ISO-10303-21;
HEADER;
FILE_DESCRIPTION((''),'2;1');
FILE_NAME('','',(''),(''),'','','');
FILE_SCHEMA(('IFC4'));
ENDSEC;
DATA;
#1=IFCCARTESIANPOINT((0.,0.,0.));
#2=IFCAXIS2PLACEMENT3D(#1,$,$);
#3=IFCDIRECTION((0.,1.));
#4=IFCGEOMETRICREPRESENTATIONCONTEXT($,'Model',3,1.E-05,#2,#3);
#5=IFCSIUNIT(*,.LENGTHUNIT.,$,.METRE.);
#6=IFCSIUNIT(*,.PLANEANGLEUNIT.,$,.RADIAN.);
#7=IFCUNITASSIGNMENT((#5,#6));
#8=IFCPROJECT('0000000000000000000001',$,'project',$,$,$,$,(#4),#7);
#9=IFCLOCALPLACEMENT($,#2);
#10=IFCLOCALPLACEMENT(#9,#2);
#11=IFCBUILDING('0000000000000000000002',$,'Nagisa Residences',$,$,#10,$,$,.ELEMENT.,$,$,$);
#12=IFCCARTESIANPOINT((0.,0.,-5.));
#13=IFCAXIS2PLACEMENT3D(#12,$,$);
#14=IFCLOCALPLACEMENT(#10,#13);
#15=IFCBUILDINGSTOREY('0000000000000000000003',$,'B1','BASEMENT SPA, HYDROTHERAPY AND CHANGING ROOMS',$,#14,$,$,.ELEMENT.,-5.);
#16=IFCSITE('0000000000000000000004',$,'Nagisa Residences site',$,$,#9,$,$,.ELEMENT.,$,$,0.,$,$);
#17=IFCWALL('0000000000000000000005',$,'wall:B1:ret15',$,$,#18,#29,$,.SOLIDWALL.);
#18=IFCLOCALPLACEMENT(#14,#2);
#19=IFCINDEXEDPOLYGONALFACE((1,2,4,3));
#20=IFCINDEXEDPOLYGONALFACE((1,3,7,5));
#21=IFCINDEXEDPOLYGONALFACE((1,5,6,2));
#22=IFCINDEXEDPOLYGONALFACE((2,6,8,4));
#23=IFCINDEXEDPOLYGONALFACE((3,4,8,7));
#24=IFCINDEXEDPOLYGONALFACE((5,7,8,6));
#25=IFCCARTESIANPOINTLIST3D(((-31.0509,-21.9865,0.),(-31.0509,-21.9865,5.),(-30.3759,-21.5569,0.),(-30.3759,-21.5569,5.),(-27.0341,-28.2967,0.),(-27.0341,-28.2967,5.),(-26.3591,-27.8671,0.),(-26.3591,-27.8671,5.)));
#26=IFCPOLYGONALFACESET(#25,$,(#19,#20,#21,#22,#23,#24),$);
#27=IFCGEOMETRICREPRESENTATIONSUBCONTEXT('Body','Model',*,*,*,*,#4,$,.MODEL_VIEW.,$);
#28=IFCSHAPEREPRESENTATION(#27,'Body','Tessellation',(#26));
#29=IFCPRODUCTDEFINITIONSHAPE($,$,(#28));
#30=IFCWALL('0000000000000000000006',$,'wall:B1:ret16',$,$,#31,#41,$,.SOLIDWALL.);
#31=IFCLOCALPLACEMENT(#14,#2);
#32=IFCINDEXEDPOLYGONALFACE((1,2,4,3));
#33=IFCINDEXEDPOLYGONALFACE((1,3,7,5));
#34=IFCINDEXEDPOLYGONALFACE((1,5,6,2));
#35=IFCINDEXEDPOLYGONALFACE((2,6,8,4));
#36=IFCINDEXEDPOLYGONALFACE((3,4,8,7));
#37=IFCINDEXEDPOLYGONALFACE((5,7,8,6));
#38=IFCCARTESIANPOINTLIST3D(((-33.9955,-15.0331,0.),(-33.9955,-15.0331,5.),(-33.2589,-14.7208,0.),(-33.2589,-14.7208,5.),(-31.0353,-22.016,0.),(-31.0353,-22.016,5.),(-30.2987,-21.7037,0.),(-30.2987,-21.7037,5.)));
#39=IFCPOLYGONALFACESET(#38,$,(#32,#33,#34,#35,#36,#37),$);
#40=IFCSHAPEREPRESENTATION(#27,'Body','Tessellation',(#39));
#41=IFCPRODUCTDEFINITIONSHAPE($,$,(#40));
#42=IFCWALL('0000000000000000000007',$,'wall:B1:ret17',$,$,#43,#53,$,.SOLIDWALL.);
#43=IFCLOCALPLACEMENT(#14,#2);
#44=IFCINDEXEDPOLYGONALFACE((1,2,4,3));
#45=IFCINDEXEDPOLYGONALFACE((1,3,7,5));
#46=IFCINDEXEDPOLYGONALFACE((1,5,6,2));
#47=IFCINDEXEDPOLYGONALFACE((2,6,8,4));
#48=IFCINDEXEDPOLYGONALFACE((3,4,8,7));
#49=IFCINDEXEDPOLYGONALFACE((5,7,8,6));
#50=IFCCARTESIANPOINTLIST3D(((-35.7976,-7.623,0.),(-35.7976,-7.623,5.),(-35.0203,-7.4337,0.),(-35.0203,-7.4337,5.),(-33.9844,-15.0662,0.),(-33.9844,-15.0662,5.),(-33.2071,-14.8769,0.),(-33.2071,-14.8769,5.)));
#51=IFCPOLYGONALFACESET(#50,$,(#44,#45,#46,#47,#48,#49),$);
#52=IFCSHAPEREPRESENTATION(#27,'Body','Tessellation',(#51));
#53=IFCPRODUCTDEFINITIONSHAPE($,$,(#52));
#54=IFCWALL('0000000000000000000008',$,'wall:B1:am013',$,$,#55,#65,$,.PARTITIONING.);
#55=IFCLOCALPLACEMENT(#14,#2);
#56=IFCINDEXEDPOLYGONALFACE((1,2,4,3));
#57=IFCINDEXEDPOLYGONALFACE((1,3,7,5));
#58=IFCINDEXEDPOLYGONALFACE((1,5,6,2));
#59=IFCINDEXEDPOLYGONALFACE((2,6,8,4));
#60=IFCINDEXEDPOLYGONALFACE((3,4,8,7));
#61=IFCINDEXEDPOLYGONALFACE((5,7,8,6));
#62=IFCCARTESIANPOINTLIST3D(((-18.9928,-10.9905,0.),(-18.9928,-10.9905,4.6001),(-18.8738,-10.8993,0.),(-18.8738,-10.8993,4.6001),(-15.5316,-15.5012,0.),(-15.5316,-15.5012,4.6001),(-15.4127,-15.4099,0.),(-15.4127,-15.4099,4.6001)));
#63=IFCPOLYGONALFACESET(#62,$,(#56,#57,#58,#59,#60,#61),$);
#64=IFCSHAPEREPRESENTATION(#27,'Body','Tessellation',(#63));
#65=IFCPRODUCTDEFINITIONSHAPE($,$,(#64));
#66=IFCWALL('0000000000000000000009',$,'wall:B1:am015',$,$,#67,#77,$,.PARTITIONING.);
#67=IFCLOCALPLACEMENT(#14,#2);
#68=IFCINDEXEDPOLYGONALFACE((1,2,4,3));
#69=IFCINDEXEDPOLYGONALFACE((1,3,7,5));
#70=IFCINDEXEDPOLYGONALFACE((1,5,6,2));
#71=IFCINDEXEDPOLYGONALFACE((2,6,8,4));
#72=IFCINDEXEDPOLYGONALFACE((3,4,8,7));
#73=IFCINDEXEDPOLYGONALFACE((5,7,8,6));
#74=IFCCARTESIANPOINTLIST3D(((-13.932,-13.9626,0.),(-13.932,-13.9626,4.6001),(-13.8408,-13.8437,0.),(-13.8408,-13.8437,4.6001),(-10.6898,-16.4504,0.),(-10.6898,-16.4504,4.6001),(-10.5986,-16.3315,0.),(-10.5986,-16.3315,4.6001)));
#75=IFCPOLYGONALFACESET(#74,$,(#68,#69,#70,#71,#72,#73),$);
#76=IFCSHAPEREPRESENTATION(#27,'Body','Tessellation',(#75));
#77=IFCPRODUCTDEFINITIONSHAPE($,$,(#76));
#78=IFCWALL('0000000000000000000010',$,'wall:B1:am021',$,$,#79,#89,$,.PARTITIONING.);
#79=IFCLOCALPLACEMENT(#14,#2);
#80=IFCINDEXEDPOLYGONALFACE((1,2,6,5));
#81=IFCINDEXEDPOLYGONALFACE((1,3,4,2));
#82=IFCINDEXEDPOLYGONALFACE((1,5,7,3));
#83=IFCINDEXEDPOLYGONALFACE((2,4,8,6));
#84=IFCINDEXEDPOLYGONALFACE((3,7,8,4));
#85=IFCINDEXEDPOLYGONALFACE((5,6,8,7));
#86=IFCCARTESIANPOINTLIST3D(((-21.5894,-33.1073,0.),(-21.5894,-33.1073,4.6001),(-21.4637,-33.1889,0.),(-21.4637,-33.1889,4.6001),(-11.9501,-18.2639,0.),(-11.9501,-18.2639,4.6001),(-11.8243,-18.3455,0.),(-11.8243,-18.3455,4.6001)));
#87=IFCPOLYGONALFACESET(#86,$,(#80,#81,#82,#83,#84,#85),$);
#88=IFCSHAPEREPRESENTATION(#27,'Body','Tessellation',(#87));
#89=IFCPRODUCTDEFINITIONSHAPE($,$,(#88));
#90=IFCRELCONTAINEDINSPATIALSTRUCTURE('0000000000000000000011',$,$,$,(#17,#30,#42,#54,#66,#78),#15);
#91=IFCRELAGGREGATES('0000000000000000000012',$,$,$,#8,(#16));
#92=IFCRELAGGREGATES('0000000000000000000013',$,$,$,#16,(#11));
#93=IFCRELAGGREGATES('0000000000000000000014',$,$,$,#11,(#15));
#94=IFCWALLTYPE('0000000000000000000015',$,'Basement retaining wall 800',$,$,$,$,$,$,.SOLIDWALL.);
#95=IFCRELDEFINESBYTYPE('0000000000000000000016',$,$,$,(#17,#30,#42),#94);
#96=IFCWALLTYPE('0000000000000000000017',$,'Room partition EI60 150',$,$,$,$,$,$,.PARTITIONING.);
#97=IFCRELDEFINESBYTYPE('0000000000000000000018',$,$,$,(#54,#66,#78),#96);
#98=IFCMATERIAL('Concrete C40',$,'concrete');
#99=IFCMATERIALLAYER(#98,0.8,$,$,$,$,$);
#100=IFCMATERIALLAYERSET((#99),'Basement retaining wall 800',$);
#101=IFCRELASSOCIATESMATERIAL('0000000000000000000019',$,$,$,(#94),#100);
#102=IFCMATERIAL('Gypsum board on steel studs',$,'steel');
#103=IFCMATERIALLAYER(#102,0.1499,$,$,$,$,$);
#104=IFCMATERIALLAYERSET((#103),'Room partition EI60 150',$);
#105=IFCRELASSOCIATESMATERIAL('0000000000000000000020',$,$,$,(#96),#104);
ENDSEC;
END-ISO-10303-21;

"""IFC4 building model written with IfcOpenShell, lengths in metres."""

from ifc_helpers import new_model, si_unit, direction, frame, frame_2d, origin, place, context, subcontext, project, spatial, rectangle, extrude, material, layer, layer_set, type_object, element, save


model = new_model("IFC4")

# Units and contexts
model_context = context("Model", 3, precision=1e-05, world=origin(), true_north=direction((0.0, 1.0)))
body_context = subcontext(model_context, "Body", "Model", "MODEL_VIEW")
ifc_project = project(units=[si_unit("LENGTHUNIT", "METRE"), si_unit("PLANEANGLEUNIT", "RADIAN")], contexts=[model_context])

# Site, building, storey
site_placement = place(None, origin())
site = spatial("IfcSite", under=ifc_project, at=site_placement, Name="Nagisa Residences site", CompositionType="ELEMENT", RefElevation=0.0)
building_placement = place(site_placement, origin())
building = spatial("IfcBuilding", under=site, at=building_placement, Name="Nagisa Residences", CompositionType="ELEMENT")
storey_placement = place(building_placement, frame((0.0, 0.0, -5.0)))
storey = spatial("IfcBuildingStorey", under=building, at=storey_placement, Name="B1", Description="BASEMENT SPA, HYDROTHERAPY AND CHANGING ROOMS", CompositionType="ELEMENT", Elevation=-5.0)

# Walls
ifc_material_1 = material(Name="Concrete C40", Category="concrete")
ifc_layer_1 = layer(ifc_material_1, 0.8)
ifc_layer_set_1 = layer_set([ifc_layer_1], Name="Basement retaining wall 800")
wall_type_1 = type_object("IfcWallType", Name="Basement retaining wall 800", PredefinedType="SOLIDWALL", material=ifc_layer_set_1)
wall_1_placement = place(storey_placement, frame((-26.6965, -28.082, 0.0), z_axis=(0.0, 0.0, 1.0), x_axis=(-0.53699, 0.843589, 0.0)))
element("IfcWall", 1, at=wall_1_placement, inside=storey, type_object=wall_type_1, Name="wall:B1:ret15", PredefinedType="SOLIDWALL", context=body_context, shape_type="SweptSolid", body=[
    extrude(rectangle(XDim=7.4802, YDim=0.8, at=frame_2d((3.7402, 0.0))), origin(), (0.0, 0.0, 1.0), 5.0),
])
wall_2_placement = place(storey_placement, frame((-30.667, -21.8599, 0.0), z_axis=(0.0, 0.0, 1.0), x_axis=(-0.390299, 0.920688, 0.0)))
element("IfcWall", 2, at=wall_2_placement, inside=storey, type_object=wall_type_1, Name="wall:B1:ret16", PredefinedType="SOLIDWALL", context=body_context, shape_type="SweptSolid", body=[
    extrude(rectangle(XDim=7.5845, YDim=0.8, at=frame_2d((3.7922, 0.0))), origin(), (0.0, 0.0, 1.0), 5.0),
])
wall_3_placement = place(storey_placement, frame((-33.5957, -14.9717, 0.0), z_axis=(0.0, 0.0, 1.0), x_axis=(-0.23669, 0.971585, 0.0)))
element("IfcWall", 3, at=wall_3_placement, inside=storey, type_object=wall_type_1, Name="wall:B1:ret17", PredefinedType="SOLIDWALL", context=body_context, shape_type="SweptSolid", body=[
    extrude(rectangle(XDim=7.6609, YDim=0.8, at=frame_2d((3.8306, 0.0))), origin(), (0.0, 0.0, 1.0), 5.0),
])
ifc_material_2 = material(Name="Gypsum board on steel studs", Category="steel")
ifc_layer_2 = layer(ifc_material_2, 0.1499)
ifc_layer_set_2 = layer_set([ifc_layer_2], Name="Room partition EI60 150")
wall_type_2 = type_object("IfcWallType", Name="Room partition EI60 150", PredefinedType="PARTITIONING", material=ifc_layer_set_2)
wall_4_placement = place(storey_placement, frame((-15.4722, -15.4556, 0.0), z_axis=(0.0, 0.0, 1.0), x_axis=(-0.608758, 0.793356, 0.0)))
element("IfcWall", 4, at=wall_4_placement, inside=storey, type_object=wall_type_2, Name="wall:B1:am013", PredefinedType="PARTITIONING", context=body_context, shape_type="SweptSolid", body=[
    extrude(rectangle(XDim=5.6855, YDim=0.1499, at=frame_2d((2.8428, 0.0))), origin(), (0.0, 0.0, 1.0), 4.6001),
])
wall_5_placement = place(storey_placement, frame((-13.8865, -13.9031, 0.0), z_axis=(0.0, 0.0, 1.0), x_axis=(0.793356, -0.608758, 0.0)))
element("IfcWall", 5, at=wall_5_placement, inside=storey, type_object=wall_type_2, Name="wall:B1:am015", PredefinedType="PARTITIONING", context=body_context, shape_type="SweptSolid", body=[
    extrude(rectangle(XDim=4.0867, YDim=0.1499, at=frame_2d((2.0435, 0.0))), origin(), (0.0, 0.0, 1.0), 4.6001),
])
wall_6_placement = place(storey_placement, frame((-11.8872, -18.3047, 0.0), z_axis=(0.0, 0.0, 1.0), x_axis=(-0.544636, -0.838673, 0.0)))
element("IfcWall", 6, at=wall_6_placement, inside=storey, type_object=wall_type_2, Name="wall:B1:am021", PredefinedType="PARTITIONING", context=body_context, shape_type="SweptSolid", body=[
    extrude(rectangle(XDim=17.6987, YDim=0.1499, at=frame_2d((8.8494, 0.0))), origin(), (0.0, 0.0, 1.0), 4.6001),
])

save(model, "model.ifc")
